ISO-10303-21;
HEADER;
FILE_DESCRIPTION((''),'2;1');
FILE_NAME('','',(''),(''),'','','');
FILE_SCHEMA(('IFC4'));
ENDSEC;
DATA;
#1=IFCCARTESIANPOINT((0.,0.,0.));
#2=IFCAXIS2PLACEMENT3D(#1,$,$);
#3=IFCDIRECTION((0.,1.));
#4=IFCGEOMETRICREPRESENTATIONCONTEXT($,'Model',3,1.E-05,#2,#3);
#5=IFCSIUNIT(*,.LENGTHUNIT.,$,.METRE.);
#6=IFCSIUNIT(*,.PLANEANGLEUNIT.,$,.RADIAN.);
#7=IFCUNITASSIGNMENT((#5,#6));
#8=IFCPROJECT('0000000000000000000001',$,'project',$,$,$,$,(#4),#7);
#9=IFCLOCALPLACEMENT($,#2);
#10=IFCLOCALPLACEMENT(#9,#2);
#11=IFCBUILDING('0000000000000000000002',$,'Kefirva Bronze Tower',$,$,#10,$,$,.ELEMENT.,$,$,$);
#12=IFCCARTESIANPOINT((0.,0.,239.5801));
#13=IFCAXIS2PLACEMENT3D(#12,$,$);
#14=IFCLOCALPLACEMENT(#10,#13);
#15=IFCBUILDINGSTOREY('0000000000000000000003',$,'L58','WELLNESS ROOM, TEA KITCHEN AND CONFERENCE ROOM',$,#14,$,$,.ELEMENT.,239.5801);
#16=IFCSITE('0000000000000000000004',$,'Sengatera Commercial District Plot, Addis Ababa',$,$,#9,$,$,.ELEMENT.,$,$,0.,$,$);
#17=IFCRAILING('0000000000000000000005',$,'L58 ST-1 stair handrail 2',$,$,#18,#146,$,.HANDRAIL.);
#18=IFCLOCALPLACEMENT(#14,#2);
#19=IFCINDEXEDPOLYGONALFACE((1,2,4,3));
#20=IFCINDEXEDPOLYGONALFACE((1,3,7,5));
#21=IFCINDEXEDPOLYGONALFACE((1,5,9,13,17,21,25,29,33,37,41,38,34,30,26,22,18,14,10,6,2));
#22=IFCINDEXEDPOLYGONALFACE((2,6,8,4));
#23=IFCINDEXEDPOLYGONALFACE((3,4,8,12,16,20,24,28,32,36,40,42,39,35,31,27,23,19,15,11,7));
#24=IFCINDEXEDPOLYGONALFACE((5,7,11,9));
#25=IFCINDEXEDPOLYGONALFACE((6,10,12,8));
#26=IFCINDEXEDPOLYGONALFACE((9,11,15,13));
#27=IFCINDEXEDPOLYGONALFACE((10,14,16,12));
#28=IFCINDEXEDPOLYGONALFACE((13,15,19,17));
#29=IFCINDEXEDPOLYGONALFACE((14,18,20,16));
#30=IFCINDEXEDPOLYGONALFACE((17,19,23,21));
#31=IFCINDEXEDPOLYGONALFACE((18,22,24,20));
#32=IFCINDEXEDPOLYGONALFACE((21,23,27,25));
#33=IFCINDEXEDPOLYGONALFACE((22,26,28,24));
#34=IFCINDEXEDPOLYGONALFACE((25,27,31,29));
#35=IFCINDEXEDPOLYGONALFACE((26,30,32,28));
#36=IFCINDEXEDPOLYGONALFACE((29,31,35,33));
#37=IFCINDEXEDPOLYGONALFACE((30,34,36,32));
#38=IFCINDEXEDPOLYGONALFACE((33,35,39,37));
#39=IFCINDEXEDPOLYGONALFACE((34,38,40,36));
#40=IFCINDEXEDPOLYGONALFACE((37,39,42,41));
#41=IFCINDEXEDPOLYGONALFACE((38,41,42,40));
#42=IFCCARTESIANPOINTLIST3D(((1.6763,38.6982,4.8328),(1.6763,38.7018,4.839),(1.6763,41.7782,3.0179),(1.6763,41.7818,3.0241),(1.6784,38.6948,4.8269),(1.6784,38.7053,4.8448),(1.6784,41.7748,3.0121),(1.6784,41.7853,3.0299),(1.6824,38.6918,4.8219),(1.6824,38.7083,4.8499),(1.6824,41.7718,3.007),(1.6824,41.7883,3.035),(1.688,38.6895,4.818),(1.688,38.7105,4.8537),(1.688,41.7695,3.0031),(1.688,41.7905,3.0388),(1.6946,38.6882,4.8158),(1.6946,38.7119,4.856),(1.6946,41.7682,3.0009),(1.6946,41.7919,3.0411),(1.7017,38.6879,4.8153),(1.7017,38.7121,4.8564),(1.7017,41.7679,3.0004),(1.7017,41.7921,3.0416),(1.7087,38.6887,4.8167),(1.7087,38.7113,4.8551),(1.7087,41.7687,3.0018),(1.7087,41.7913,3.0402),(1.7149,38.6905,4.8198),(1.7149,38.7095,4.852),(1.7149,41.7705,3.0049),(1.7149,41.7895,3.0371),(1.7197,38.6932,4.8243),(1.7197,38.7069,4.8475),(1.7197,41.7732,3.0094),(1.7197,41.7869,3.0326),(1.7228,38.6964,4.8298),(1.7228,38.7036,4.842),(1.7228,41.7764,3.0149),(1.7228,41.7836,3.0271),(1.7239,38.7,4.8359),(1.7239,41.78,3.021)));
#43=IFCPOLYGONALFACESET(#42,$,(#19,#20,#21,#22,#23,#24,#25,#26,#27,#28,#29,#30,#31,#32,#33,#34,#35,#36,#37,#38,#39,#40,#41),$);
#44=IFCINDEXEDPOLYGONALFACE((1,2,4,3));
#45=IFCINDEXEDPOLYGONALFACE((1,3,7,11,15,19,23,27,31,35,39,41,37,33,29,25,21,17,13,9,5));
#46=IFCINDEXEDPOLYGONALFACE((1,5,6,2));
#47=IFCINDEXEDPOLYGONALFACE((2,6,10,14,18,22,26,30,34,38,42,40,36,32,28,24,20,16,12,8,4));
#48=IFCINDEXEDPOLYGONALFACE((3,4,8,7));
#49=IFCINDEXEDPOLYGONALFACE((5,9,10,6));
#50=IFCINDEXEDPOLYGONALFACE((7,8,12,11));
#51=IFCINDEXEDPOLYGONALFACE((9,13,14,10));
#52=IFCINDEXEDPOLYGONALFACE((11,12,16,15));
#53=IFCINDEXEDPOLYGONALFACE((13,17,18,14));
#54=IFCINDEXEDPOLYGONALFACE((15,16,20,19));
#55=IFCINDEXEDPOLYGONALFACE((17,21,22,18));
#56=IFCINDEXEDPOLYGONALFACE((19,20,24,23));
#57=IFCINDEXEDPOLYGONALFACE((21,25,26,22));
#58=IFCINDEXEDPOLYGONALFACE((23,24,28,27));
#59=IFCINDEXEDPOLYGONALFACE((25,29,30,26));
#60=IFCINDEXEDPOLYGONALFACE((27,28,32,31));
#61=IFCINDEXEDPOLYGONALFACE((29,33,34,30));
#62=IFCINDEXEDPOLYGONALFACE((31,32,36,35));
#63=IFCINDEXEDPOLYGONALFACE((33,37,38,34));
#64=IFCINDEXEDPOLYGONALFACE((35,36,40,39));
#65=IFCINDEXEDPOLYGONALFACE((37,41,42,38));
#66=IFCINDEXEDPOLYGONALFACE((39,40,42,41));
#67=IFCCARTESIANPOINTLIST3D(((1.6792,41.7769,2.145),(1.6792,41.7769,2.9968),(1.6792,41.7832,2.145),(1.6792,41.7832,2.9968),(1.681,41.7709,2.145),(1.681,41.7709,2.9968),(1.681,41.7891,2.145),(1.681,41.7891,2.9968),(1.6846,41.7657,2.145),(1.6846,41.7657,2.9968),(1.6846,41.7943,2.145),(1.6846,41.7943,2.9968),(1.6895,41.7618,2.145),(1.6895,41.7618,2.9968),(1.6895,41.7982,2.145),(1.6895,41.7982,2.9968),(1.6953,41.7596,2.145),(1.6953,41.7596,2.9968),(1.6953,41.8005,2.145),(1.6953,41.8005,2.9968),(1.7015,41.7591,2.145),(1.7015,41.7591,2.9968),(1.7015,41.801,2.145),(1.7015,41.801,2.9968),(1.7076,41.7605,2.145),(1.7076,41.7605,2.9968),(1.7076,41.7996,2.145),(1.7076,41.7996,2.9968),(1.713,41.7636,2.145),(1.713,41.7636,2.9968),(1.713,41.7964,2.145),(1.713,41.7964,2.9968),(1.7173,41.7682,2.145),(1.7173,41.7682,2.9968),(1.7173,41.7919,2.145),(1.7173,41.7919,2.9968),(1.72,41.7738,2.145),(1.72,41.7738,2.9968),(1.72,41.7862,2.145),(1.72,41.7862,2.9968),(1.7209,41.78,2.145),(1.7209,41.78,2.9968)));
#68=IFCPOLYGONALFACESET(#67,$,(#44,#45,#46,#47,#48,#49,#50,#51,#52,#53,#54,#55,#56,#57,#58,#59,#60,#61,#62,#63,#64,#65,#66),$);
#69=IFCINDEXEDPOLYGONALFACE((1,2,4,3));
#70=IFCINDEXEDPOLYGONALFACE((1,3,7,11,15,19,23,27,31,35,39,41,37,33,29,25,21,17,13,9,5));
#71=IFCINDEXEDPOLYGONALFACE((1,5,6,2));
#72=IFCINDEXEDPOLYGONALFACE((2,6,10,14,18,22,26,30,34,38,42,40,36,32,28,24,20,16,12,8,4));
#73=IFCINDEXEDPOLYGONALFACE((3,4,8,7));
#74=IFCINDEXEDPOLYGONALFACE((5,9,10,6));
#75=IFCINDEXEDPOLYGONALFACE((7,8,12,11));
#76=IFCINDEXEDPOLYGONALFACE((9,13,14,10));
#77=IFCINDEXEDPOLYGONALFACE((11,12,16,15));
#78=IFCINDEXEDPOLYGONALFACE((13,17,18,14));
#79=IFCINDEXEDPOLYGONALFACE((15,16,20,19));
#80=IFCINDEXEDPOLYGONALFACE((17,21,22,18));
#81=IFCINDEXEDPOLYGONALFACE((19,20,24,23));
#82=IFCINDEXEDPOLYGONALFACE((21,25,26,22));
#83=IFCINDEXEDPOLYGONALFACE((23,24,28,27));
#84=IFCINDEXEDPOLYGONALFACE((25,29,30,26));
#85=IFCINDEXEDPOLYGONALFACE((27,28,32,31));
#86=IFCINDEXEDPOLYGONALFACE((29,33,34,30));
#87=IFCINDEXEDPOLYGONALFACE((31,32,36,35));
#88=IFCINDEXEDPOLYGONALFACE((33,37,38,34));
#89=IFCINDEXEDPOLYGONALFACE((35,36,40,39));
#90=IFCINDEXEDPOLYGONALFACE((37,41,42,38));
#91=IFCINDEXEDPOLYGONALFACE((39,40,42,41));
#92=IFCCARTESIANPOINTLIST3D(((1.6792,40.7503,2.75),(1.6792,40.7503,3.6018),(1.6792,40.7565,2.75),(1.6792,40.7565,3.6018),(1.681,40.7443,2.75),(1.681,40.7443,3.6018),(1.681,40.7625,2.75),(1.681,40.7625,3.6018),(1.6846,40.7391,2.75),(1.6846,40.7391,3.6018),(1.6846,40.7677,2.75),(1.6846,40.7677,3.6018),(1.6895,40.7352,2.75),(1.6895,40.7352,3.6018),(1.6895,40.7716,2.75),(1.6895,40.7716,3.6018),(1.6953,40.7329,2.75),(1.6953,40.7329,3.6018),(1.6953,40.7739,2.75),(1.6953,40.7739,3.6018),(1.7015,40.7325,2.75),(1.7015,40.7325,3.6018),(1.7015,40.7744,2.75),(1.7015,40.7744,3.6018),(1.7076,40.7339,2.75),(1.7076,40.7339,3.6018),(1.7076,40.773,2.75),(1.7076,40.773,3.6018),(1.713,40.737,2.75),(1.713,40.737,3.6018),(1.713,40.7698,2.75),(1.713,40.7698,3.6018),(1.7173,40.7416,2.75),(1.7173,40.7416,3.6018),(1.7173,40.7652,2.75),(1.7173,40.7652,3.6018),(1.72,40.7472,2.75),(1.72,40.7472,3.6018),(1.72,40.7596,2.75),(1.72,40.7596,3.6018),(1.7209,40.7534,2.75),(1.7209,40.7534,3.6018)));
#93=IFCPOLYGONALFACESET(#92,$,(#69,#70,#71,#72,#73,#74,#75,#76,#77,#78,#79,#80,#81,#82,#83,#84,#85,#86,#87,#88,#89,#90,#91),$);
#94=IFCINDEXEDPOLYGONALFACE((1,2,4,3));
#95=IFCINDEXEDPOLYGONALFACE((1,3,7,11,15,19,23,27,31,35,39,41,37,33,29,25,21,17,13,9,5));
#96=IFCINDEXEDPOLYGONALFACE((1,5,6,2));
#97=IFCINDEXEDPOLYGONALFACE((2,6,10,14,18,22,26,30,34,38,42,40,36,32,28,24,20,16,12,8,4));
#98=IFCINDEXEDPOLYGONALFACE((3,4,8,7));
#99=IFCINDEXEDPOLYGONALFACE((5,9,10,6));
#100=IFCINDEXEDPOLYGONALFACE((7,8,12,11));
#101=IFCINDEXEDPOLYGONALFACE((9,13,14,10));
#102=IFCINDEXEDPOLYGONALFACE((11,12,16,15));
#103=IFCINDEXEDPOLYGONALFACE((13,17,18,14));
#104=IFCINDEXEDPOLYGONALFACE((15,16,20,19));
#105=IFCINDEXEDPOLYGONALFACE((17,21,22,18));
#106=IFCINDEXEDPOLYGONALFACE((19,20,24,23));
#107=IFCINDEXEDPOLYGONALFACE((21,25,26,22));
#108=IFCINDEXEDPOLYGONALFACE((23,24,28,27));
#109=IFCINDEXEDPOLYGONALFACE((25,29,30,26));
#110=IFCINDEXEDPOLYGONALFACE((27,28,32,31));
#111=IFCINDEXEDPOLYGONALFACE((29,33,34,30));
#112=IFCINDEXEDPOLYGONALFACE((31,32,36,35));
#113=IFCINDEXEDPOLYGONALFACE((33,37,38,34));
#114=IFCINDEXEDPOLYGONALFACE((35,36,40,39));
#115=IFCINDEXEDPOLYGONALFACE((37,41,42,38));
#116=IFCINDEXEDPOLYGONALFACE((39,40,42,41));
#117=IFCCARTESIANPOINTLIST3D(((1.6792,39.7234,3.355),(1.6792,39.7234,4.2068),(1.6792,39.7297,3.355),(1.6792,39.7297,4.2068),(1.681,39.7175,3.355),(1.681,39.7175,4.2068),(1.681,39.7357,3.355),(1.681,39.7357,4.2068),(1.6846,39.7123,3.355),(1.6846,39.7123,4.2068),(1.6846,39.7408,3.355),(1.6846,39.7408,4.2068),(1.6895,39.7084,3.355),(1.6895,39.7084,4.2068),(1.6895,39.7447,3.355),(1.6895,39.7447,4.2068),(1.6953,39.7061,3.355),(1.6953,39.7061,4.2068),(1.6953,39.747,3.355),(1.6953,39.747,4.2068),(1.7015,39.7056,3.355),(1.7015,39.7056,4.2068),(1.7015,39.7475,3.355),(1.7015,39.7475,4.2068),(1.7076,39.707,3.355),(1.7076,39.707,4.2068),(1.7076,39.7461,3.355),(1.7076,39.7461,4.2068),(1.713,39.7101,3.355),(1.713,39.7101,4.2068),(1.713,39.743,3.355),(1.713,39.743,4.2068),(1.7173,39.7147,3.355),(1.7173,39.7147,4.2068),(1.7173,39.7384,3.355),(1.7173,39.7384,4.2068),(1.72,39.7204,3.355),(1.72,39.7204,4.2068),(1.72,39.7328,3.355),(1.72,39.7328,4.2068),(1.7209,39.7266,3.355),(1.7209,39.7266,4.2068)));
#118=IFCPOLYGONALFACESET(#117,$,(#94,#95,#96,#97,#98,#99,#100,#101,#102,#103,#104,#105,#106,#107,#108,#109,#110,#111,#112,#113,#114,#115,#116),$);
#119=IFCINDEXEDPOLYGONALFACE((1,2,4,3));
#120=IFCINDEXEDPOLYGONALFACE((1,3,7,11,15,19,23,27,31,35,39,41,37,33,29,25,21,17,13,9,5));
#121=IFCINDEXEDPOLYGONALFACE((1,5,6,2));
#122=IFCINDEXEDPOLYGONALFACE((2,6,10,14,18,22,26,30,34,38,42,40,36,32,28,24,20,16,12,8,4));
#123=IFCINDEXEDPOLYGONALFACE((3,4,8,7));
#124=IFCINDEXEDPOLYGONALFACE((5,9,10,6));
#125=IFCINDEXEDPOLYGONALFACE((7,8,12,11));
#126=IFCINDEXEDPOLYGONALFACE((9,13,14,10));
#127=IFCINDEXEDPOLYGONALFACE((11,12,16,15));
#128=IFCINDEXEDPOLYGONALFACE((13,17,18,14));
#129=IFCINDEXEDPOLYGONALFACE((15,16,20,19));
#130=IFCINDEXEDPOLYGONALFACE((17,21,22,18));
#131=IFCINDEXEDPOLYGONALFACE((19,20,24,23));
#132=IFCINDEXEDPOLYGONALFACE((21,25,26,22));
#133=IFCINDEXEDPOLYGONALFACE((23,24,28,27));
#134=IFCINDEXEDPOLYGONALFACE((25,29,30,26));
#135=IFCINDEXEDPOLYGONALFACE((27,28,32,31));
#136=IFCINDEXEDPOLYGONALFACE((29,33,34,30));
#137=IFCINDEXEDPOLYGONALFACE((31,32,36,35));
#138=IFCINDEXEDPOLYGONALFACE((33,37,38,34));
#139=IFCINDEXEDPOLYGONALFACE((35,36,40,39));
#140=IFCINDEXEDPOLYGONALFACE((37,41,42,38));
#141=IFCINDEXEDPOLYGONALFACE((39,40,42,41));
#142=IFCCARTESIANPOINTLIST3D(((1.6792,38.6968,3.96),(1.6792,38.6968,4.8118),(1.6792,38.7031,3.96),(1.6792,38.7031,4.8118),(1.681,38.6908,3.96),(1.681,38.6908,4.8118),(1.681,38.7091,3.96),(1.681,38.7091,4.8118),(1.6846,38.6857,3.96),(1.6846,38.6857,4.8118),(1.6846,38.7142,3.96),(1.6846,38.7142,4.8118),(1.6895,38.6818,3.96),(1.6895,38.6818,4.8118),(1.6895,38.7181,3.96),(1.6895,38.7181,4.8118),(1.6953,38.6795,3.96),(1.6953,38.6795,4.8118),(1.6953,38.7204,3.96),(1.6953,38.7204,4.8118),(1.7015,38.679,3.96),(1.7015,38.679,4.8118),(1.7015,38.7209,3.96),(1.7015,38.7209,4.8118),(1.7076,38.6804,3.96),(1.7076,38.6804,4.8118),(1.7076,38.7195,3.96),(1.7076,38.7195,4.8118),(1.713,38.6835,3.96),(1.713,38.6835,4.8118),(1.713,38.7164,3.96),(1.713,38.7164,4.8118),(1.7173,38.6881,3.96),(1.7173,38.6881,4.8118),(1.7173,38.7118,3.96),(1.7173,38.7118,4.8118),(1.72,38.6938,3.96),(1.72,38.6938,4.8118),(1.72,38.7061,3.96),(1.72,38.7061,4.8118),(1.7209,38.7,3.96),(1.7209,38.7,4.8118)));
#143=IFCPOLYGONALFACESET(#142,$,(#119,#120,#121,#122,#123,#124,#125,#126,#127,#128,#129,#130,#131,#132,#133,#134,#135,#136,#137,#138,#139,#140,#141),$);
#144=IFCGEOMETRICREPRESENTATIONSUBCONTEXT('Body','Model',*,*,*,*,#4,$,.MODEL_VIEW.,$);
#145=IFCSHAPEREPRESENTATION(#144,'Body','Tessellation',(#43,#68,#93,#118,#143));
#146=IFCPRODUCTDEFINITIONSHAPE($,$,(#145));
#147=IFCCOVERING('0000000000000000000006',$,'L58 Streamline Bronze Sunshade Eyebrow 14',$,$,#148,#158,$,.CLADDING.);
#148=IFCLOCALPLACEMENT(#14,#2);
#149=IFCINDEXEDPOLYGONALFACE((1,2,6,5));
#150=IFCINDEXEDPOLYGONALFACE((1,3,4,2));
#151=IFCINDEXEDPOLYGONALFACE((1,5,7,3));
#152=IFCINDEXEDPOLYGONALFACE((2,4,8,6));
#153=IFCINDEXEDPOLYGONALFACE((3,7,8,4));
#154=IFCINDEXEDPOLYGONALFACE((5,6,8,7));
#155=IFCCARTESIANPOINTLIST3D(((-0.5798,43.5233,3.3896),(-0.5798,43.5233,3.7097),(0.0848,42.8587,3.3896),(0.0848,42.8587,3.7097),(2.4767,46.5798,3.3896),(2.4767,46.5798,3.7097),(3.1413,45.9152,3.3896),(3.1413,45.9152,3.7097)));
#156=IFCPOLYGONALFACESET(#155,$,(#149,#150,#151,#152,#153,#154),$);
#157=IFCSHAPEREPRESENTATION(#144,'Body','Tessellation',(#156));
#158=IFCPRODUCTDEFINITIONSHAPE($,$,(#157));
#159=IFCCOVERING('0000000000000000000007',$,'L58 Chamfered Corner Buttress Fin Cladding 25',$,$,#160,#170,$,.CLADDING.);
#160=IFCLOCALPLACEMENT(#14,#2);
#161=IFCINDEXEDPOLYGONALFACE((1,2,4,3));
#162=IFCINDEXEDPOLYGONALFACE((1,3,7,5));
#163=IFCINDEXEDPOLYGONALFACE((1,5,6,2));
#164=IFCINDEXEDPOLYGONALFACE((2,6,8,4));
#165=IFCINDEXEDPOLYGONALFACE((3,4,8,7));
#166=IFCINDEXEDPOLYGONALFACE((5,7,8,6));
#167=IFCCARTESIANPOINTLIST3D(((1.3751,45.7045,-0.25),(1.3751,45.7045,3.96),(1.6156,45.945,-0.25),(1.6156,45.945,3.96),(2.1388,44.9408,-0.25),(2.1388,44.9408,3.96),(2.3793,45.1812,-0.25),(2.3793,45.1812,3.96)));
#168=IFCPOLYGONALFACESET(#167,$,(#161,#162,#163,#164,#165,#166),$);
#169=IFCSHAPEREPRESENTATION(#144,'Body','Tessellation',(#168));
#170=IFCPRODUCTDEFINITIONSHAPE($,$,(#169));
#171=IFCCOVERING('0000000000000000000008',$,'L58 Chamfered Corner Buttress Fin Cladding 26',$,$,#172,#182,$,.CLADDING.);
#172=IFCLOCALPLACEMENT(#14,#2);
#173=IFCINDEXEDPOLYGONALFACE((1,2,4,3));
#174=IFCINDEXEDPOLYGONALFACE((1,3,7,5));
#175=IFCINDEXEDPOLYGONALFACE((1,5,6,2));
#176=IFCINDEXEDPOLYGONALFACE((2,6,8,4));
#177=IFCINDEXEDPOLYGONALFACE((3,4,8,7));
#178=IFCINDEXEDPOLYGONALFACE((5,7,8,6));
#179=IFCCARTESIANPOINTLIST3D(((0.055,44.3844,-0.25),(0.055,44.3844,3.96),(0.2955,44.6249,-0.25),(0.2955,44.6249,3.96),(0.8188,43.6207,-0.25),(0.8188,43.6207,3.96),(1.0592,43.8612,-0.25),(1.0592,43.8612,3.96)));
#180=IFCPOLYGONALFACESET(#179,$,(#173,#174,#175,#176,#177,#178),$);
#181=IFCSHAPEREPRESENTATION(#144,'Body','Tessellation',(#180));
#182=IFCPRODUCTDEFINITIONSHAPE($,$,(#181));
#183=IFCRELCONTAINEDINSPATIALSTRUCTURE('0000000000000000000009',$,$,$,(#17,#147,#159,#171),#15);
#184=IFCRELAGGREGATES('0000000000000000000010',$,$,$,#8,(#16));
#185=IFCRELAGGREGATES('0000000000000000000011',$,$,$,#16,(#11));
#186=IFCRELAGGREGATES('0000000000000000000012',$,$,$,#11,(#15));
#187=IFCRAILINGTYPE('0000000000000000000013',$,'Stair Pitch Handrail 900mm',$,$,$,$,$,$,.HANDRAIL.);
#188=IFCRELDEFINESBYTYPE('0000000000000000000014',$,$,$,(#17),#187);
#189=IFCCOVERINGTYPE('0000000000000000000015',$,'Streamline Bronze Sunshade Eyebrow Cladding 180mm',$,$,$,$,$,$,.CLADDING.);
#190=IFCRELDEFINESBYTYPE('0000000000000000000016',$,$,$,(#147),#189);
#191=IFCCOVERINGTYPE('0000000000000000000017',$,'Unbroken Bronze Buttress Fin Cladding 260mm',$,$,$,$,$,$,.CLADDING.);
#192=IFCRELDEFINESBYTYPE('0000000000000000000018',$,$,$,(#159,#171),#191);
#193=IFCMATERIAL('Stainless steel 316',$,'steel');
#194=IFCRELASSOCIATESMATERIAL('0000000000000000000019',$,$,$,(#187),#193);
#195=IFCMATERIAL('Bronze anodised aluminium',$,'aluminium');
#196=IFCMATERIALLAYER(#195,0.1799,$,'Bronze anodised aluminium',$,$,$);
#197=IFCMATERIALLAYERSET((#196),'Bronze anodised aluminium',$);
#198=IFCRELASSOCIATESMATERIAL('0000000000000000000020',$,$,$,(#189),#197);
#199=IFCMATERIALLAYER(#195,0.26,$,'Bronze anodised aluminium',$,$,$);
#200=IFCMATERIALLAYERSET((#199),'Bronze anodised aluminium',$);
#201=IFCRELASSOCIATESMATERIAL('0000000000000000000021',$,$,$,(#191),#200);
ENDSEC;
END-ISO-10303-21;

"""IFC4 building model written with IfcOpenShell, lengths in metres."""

from ifc_helpers import new_model, si_unit, direction, frame, origin, origin_2d, place, context, subcontext, project, spatial, rectangle, circle, extrude, material, layer, layer_set, type_object, element, save


model = new_model("IFC4")

# Units and contexts
model_context = context("Model", 3, precision=1e-05, world=origin(), true_north=direction((0.0, 1.0)))
body_context = subcontext(model_context, "Body", "Model", "MODEL_VIEW")
ifc_project = project(units=[si_unit("LENGTHUNIT", "METRE"), si_unit("PLANEANGLEUNIT", "RADIAN")], contexts=[model_context])

# Site, building, storey
site_placement = place(None, origin())
site = spatial("IfcSite", under=ifc_project, at=site_placement, Name="Sengatera Commercial District Plot, Addis Ababa", CompositionType="ELEMENT", RefElevation=0.0)
building_placement = place(site_placement, origin())
building = spatial("IfcBuilding", under=site, at=building_placement, Name="Kefirva Bronze Tower", CompositionType="ELEMENT")
storey_placement = place(building_placement, frame((0.0, 0.0, 239.5801)))
storey = spatial("IfcBuildingStorey", under=building, at=storey_placement, Name="L58", Description="WELLNESS ROOM, TEA KITCHEN AND CONFERENCE ROOM", CompositionType="ELEMENT", Elevation=239.5801)

# Shared definitions
ifc_material_1 = material(Name="Bronze anodised aluminium", Category="aluminium")

# Railing
ifc_material_2 = material(Name="Stainless steel 316", Category="steel")
railing_type_1 = type_object("IfcRailingType", Name="Stair Pitch Handrail 900mm", PredefinedType="HANDRAIL", material=ifc_material_2)
railing_1_placement = place(storey_placement, frame((1.7, 41.78, 2.145)))
element("IfcRailing", 1, at=railing_1_placement, inside=storey, type_object=railing_type_1, Name="L58 ST-1 stair handrail 2", PredefinedType="HANDRAIL", context=body_context, shape_type="SweptSolid", body=[
    extrude(circle(Radius=0.0239, at=origin_2d()), frame((0.0, 0.0, 0.876), z_axis=(0.0, -0.861551, 0.507671), x_axis=(1.0, 0.0, 0.0)), (0.0, 0.0, 1.0), 3.575),
    extrude(circle(Radius=0.021, at=origin_2d()), origin(), (0.0, 0.0, 1.0), 0.8518),
    extrude(circle(Radius=0.021, at=origin_2d()), frame((0.0, -1.0266, 0.605)), (0.0, 0.0, 1.0), 0.8518),
    extrude(circle(Radius=0.021, at=origin_2d()), frame((0.0, -2.0535, 1.21)), (0.0, 0.0, 1.0), 0.8518),
    extrude(circle(Radius=0.021, at=origin_2d()), frame((0.0, -3.0801, 1.8149)), (0.0, 0.0, 1.0), 0.8518),
])

# Coverings
ifc_layer_1 = layer(ifc_material_1, 0.1799, Name="Bronze anodised aluminium")
ifc_layer_set_1 = layer_set([ifc_layer_1], Name="Bronze anodised aluminium")
covering_type_1 = type_object("IfcCoveringType", Name="Streamline Bronze Sunshade Eyebrow Cladding 180mm", PredefinedType="CLADDING", material=ifc_layer_set_1)
covering_1_placement = place(storey_placement, frame((1.2808, 44.7192, 3.3896), z_axis=(0.0, 0.0, 1.0), x_axis=(-0.707107, -0.707107, 0.0)))
element("IfcCovering", 2, at=covering_1_placement, inside=storey, type_object=covering_type_1, Name="L58 Streamline Bronze Sunshade Eyebrow 14", PredefinedType="CLADDING", context=body_context, shape_type="SweptSolid", body=[
    extrude(rectangle(XDim=4.3225, YDim=0.9399, at=origin_2d()), origin(), (0.0, 0.0, 1.0), 0.3201),
])
ifc_layer_2 = layer(ifc_material_1, 0.26, Name="Bronze anodised aluminium")
ifc_layer_set_2 = layer_set([ifc_layer_2], Name="Bronze anodised aluminium")
covering_type_2 = type_object("IfcCoveringType", Name="Unbroken Bronze Buttress Fin Cladding 260mm", PredefinedType="CLADDING", material=ifc_layer_set_2)
for number, where, z_axis, x_axis, name in (
    (3, (1.8772, 45.4429, -0.25), (0.0, 0.0, 1.0), (-0.707107, -0.707107, 0.0), "L58 Chamfered Corner Buttress Fin Cladding 25"),
    (4, (0.5571, 44.1228, -0.25), (0.0, 0.0, 1.0), (-0.707107, -0.707107, 0.0), "L58 Chamfered Corner Buttress Fin Cladding 26"),
):
    element("IfcCovering", number, at=place(storey_placement, frame(where, z_axis=z_axis, x_axis=x_axis)), inside=storey, type_object=covering_type_2, Name=name, PredefinedType="CLADDING", context=body_context, shape_type="SweptSolid", body=[
        extrude(rectangle(XDim=0.3401, YDim=1.0801, at=origin_2d()), origin(), (0.0, 0.0, 1.0), 4.21),
    ])

save(model, "model.ifc")
